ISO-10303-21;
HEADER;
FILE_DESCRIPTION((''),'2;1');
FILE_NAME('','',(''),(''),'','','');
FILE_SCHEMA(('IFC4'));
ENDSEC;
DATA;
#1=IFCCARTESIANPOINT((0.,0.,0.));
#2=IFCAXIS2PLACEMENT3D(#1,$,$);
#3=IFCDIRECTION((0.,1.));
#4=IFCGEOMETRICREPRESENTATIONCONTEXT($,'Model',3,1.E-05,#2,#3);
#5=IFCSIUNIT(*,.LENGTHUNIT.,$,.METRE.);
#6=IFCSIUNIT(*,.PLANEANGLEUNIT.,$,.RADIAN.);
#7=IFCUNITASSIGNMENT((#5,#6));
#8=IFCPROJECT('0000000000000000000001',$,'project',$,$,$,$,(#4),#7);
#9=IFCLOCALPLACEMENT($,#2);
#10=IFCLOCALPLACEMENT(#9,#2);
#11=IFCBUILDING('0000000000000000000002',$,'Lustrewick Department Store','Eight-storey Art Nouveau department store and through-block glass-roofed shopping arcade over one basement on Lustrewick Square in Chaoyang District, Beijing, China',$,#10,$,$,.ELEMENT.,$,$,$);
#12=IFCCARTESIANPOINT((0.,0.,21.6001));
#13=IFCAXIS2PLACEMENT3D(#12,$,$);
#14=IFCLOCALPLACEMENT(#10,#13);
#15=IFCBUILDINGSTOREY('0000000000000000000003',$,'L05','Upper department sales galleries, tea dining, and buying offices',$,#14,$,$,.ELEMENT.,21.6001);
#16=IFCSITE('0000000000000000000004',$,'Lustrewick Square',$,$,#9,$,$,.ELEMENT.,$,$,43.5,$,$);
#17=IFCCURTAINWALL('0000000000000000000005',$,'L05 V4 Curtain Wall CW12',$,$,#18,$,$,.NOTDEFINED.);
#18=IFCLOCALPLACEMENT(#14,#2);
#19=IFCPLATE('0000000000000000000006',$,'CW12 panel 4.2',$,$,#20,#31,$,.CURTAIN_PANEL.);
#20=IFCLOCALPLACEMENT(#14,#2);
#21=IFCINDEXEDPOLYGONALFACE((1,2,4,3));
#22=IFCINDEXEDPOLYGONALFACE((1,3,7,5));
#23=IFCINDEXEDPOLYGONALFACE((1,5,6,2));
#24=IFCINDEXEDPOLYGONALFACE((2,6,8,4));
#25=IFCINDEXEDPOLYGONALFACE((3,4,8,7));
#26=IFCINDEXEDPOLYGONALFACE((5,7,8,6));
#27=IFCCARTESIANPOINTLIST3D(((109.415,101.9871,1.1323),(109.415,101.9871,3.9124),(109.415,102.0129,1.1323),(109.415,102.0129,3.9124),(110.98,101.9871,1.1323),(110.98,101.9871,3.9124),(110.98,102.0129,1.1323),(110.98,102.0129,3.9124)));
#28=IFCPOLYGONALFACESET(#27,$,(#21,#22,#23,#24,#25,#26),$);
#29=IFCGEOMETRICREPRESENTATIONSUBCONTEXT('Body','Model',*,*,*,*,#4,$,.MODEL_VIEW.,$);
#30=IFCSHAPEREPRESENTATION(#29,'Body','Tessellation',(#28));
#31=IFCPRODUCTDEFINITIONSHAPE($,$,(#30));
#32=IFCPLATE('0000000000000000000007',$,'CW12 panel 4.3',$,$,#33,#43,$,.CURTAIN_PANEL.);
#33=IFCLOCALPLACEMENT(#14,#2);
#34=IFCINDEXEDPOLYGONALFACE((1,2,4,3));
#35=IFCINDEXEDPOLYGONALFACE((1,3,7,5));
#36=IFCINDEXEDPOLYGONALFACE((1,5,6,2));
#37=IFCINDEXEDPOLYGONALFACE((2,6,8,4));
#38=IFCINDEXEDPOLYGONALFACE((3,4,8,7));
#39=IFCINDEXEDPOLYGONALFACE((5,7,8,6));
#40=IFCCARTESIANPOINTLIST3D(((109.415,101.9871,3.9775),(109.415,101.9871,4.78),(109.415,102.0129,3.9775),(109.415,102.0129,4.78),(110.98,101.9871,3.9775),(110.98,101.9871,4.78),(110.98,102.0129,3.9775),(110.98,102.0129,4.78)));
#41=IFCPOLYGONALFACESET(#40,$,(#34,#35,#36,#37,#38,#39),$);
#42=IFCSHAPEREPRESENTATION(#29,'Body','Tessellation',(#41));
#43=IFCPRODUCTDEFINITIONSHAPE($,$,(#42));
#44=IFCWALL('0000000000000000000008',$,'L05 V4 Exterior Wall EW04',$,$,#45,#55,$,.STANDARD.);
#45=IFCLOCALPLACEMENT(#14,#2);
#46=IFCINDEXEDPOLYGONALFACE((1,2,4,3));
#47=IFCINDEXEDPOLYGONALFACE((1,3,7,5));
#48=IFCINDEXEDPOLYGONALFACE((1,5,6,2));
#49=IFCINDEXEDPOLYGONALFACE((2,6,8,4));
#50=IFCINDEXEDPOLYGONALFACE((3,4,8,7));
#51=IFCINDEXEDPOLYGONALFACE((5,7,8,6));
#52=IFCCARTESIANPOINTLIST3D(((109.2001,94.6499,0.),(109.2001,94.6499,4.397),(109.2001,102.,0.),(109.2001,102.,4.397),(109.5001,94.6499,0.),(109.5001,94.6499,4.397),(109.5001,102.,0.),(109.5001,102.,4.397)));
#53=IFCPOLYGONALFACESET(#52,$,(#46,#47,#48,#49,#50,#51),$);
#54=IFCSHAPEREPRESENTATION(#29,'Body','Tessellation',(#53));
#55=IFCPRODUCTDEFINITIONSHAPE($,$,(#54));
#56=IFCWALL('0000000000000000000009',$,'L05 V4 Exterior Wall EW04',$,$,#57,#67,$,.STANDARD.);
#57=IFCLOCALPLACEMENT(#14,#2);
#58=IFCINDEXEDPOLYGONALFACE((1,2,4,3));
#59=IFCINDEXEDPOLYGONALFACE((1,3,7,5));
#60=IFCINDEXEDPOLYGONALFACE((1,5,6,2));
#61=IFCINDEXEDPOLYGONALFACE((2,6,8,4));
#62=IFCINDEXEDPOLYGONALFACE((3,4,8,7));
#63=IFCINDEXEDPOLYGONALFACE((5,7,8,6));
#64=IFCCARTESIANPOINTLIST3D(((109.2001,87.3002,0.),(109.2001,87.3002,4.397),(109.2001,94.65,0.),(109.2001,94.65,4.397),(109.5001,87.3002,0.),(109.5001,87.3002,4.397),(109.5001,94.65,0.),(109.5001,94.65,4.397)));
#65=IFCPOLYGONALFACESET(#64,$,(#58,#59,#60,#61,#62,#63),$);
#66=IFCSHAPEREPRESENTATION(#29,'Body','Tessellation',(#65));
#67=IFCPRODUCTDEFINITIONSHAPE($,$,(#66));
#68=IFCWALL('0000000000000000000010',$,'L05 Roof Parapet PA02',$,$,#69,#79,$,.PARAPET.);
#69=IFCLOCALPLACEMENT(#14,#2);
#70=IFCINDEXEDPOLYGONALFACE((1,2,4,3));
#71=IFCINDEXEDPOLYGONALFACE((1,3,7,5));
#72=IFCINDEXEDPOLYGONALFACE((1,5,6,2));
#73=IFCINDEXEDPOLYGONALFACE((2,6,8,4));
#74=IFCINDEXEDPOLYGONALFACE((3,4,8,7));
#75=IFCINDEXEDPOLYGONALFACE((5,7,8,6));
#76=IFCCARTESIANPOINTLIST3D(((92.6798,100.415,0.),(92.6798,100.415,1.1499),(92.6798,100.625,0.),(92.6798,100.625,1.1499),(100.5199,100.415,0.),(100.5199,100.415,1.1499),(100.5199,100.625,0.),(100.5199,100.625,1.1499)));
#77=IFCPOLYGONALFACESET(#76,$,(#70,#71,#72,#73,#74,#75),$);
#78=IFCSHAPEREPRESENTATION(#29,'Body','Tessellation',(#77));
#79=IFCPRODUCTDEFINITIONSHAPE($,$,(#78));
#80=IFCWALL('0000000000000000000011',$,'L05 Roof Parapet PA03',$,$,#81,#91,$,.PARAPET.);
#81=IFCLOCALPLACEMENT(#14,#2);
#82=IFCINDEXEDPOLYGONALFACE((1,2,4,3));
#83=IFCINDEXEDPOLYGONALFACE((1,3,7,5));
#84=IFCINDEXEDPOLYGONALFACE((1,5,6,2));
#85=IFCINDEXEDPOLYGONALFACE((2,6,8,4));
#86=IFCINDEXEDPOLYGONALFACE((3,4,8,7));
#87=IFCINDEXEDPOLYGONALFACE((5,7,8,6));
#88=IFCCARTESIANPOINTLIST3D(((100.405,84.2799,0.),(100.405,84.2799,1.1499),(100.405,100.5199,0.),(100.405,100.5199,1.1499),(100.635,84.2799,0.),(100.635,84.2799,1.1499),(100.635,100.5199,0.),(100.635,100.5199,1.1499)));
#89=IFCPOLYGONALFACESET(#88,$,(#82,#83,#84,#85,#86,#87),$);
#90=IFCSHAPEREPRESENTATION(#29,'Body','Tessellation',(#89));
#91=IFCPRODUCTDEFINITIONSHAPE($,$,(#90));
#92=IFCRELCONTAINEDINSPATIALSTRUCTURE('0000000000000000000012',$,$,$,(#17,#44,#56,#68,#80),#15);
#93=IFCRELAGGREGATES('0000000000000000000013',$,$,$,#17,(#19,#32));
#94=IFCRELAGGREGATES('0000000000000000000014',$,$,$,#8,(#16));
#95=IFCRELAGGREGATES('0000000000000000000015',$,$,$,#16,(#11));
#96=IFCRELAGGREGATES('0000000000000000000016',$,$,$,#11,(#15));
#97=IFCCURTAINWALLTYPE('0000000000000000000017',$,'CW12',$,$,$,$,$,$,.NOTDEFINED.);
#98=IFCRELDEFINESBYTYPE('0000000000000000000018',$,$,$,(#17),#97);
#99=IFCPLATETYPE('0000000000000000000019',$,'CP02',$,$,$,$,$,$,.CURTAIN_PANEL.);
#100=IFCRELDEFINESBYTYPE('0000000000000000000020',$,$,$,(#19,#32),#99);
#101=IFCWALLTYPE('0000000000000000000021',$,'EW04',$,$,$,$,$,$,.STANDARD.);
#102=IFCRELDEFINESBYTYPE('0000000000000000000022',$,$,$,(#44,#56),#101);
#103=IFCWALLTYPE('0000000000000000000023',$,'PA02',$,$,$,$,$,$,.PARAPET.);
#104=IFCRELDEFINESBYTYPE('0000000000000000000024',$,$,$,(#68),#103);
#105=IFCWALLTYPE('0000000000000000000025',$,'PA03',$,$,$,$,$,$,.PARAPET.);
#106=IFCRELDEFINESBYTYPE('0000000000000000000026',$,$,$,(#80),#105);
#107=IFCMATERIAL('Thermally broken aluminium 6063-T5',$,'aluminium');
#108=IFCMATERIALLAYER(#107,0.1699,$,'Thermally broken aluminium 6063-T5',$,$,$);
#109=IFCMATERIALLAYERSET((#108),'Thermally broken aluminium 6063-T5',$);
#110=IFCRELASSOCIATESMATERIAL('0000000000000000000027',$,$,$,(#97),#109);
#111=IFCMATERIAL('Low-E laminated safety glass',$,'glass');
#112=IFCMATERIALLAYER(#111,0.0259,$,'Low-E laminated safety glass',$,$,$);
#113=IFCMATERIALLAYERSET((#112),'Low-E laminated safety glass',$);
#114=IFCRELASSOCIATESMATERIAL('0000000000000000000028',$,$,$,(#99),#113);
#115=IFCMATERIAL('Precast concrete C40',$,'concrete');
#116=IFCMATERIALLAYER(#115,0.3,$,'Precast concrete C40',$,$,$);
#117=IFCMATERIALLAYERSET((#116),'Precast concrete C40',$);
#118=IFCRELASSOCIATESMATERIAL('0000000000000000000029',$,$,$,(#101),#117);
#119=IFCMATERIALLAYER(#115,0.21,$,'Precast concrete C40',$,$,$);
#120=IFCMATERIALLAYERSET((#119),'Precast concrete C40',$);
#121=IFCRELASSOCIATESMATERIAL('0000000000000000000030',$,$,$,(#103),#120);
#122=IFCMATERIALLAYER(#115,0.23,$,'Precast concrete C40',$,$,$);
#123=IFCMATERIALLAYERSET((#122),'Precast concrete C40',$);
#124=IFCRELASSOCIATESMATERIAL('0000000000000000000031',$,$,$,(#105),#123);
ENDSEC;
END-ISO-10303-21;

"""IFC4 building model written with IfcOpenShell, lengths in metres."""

from ifc_helpers import new_model, si_unit, direction, frame, frame_2d, origin, origin_2d, place, context, subcontext, project, spatial, rectangle, extrude, material, layer, layer_set, type_object, element, aggregate, save


model = new_model("IFC4")

# Units and contexts
model_context = context("Model", 3, precision=1e-05, world=origin(), true_north=direction((0.0, 1.0)))
body_context = subcontext(model_context, "Body", "Model", "MODEL_VIEW")
ifc_project = project(units=[si_unit("LENGTHUNIT", "METRE"), si_unit("PLANEANGLEUNIT", "RADIAN")], contexts=[model_context])

# Site, building, storey
site_placement = place(None, origin())
site = spatial("IfcSite", under=ifc_project, at=site_placement, Name="Lustrewick Square", CompositionType="ELEMENT", RefElevation=43.5)
building_placement = place(site_placement, origin())
building = spatial("IfcBuilding", under=site, at=building_placement, Name="Lustrewick Department Store", Description="Eight-storey Art Nouveau department store and through-block glass-roofed shopping arcade over one basement on Lustrewick Square in Chaoyang District, Beijing, China", CompositionType="ELEMENT")
storey_placement = place(building_placement, frame((0.0, 0.0, 21.6001)))
storey = spatial("IfcBuildingStorey", under=building, at=storey_placement, Name="L05", Description="Upper department sales galleries, tea dining, and buying offices", CompositionType="ELEMENT", Elevation=21.6001)

# Curtain wall
ifc_material_1 = material(Name="Thermally broken aluminium 6063-T5", Category="aluminium")
ifc_layer_1 = layer(ifc_material_1, 0.1699, Name="Thermally broken aluminium 6063-T5")
ifc_layer_set_1 = layer_set([ifc_layer_1], Name="Thermally broken aluminium 6063-T5")
curtain_wall_type = type_object("IfcCurtainWallType", Name="CW12", PredefinedType="NOTDEFINED", material=ifc_layer_set_1)
curtain_wall_placement = place(storey_placement, origin())
curtain_wall = element("IfcCurtainWall", 1, at=curtain_wall_placement, inside=storey, type_object=curtain_wall_type, Name="L05 V4 Curtain Wall CW12", PredefinedType="NOTDEFINED")

# Plates
ifc_material_2 = material(Name="Low-E laminated safety glass", Category="glass")
ifc_layer_2 = layer(ifc_material_2, 0.0259, Name="Low-E laminated safety glass")
ifc_layer_set_2 = layer_set([ifc_layer_2], Name="Low-E laminated safety glass")
plate_type = type_object("IfcPlateType", Name="CP02", PredefinedType="CURTAIN_PANEL", material=ifc_layer_set_2)
plate_1_placement = place(storey_placement, frame((110.1975, 102.0, 1.1323), z_axis=(0.0, 0.0, 1.0), x_axis=(-1.0, 0.0, 0.0)))
plate_1 = element("IfcPlate", 2, at=plate_1_placement, type_object=plate_type, Name="CW12 panel 4.2", PredefinedType="CURTAIN_PANEL", context=body_context, shape_type="SweptSolid", body=[
    extrude(rectangle(XDim=1.5649, YDim=0.0259, at=origin_2d()), origin(), (0.0, 0.0, 1.0), 2.78),
])
plate_2_placement = place(storey_placement, frame((110.1975, 102.0, 3.9775), z_axis=(0.0, 0.0, 1.0), x_axis=(-1.0, 0.0, 0.0)))
plate_2 = element("IfcPlate", 3, at=plate_2_placement, type_object=plate_type, Name="CW12 panel 4.3", PredefinedType="CURTAIN_PANEL", context=body_context, shape_type="SweptSolid", body=[
    extrude(rectangle(XDim=1.5649, YDim=0.0259, at=origin_2d()), origin(), (0.0, 0.0, 1.0), 0.8025),
])
aggregate(curtain_wall, [plate_1, plate_2])

# Walls
ifc_material_3 = material(Name="Precast concrete C40", Category="concrete")
ifc_layer_3 = layer(ifc_material_3, 0.3, Name="Precast concrete C40")
ifc_layer_set_3 = layer_set([ifc_layer_3], Name="Precast concrete C40")
wall_type_1 = type_object("IfcWallType", Name="EW04", PredefinedType="STANDARD", material=ifc_layer_set_3)
wall_1_placement = place(storey_placement, frame((109.3501, 102.0, 0.0), z_axis=(0.0, 0.0, 1.0), x_axis=(0.0, -1.0, 0.0)))
element("IfcWall", 4, at=wall_1_placement, inside=storey, type_object=wall_type_1, Name="L05 V4 Exterior Wall EW04", PredefinedType="STANDARD", context=body_context, shape_type="SweptSolid", body=[
    extrude(rectangle(XDim=7.3501, YDim=0.3, at=frame_2d((3.675, 0.0))), origin(), (0.0, 0.0, 1.0), 4.397),
])
wall_2_placement = place(storey_placement, frame((109.3501, 94.6499, 0.0), z_axis=(0.0, 0.0, 1.0), x_axis=(0.0, -1.0, 0.0)))
element("IfcWall", 5, at=wall_2_placement, inside=storey, type_object=wall_type_1, Name="L05 V4 Exterior Wall EW04", PredefinedType="STANDARD", context=body_context, shape_type="SweptSolid", body=[
    extrude(rectangle(XDim=7.3499, YDim=0.3, at=frame_2d((3.6748, 0.0))), origin(), (0.0, 0.0, 1.0), 4.397),
])
ifc_layer_4 = layer(ifc_material_3, 0.21, Name="Precast concrete C40")
ifc_layer_set_4 = layer_set([ifc_layer_4], Name="Precast concrete C40")
wall_type_2 = type_object("IfcWallType", Name="PA02", PredefinedType="PARAPET", material=ifc_layer_set_4)
wall_3_placement = place(storey_placement, frame((92.6799, 100.52, 0.0), z_axis=(0.0, 0.0, 1.0), x_axis=(1.0, 0.0, 0.0)))
element("IfcWall", 6, at=wall_3_placement, inside=storey, type_object=wall_type_2, Name="L05 Roof Parapet PA02", PredefinedType="PARAPET", context=body_context, shape_type="SweptSolid", body=[
    extrude(rectangle(XDim=7.8401, YDim=0.21, at=frame_2d((3.9199, 0.0))), origin(), (0.0, 0.0, 1.0), 1.1499),
])
ifc_layer_5 = layer(ifc_material_3, 0.23, Name="Precast concrete C40")
ifc_layer_set_5 = layer_set([ifc_layer_5], Name="Precast concrete C40")
wall_type_3 = type_object("IfcWallType", Name="PA03", PredefinedType="PARAPET", material=ifc_layer_set_5)
wall_4_placement = place(storey_placement, frame((100.52, 100.52, 0.0), z_axis=(0.0, 0.0, 1.0), x_axis=(0.0, -1.0, 0.0)))
element("IfcWall", 7, at=wall_4_placement, inside=storey, type_object=wall_type_3, Name="L05 Roof Parapet PA03", PredefinedType="PARAPET", context=body_context, shape_type="SweptSolid", body=[
    extrude(rectangle(XDim=16.24, YDim=0.23, at=frame_2d((8.1201, 0.0))), origin(), (0.0, 0.0, 1.0), 1.1499),
])

save(model, "model.ifc")
